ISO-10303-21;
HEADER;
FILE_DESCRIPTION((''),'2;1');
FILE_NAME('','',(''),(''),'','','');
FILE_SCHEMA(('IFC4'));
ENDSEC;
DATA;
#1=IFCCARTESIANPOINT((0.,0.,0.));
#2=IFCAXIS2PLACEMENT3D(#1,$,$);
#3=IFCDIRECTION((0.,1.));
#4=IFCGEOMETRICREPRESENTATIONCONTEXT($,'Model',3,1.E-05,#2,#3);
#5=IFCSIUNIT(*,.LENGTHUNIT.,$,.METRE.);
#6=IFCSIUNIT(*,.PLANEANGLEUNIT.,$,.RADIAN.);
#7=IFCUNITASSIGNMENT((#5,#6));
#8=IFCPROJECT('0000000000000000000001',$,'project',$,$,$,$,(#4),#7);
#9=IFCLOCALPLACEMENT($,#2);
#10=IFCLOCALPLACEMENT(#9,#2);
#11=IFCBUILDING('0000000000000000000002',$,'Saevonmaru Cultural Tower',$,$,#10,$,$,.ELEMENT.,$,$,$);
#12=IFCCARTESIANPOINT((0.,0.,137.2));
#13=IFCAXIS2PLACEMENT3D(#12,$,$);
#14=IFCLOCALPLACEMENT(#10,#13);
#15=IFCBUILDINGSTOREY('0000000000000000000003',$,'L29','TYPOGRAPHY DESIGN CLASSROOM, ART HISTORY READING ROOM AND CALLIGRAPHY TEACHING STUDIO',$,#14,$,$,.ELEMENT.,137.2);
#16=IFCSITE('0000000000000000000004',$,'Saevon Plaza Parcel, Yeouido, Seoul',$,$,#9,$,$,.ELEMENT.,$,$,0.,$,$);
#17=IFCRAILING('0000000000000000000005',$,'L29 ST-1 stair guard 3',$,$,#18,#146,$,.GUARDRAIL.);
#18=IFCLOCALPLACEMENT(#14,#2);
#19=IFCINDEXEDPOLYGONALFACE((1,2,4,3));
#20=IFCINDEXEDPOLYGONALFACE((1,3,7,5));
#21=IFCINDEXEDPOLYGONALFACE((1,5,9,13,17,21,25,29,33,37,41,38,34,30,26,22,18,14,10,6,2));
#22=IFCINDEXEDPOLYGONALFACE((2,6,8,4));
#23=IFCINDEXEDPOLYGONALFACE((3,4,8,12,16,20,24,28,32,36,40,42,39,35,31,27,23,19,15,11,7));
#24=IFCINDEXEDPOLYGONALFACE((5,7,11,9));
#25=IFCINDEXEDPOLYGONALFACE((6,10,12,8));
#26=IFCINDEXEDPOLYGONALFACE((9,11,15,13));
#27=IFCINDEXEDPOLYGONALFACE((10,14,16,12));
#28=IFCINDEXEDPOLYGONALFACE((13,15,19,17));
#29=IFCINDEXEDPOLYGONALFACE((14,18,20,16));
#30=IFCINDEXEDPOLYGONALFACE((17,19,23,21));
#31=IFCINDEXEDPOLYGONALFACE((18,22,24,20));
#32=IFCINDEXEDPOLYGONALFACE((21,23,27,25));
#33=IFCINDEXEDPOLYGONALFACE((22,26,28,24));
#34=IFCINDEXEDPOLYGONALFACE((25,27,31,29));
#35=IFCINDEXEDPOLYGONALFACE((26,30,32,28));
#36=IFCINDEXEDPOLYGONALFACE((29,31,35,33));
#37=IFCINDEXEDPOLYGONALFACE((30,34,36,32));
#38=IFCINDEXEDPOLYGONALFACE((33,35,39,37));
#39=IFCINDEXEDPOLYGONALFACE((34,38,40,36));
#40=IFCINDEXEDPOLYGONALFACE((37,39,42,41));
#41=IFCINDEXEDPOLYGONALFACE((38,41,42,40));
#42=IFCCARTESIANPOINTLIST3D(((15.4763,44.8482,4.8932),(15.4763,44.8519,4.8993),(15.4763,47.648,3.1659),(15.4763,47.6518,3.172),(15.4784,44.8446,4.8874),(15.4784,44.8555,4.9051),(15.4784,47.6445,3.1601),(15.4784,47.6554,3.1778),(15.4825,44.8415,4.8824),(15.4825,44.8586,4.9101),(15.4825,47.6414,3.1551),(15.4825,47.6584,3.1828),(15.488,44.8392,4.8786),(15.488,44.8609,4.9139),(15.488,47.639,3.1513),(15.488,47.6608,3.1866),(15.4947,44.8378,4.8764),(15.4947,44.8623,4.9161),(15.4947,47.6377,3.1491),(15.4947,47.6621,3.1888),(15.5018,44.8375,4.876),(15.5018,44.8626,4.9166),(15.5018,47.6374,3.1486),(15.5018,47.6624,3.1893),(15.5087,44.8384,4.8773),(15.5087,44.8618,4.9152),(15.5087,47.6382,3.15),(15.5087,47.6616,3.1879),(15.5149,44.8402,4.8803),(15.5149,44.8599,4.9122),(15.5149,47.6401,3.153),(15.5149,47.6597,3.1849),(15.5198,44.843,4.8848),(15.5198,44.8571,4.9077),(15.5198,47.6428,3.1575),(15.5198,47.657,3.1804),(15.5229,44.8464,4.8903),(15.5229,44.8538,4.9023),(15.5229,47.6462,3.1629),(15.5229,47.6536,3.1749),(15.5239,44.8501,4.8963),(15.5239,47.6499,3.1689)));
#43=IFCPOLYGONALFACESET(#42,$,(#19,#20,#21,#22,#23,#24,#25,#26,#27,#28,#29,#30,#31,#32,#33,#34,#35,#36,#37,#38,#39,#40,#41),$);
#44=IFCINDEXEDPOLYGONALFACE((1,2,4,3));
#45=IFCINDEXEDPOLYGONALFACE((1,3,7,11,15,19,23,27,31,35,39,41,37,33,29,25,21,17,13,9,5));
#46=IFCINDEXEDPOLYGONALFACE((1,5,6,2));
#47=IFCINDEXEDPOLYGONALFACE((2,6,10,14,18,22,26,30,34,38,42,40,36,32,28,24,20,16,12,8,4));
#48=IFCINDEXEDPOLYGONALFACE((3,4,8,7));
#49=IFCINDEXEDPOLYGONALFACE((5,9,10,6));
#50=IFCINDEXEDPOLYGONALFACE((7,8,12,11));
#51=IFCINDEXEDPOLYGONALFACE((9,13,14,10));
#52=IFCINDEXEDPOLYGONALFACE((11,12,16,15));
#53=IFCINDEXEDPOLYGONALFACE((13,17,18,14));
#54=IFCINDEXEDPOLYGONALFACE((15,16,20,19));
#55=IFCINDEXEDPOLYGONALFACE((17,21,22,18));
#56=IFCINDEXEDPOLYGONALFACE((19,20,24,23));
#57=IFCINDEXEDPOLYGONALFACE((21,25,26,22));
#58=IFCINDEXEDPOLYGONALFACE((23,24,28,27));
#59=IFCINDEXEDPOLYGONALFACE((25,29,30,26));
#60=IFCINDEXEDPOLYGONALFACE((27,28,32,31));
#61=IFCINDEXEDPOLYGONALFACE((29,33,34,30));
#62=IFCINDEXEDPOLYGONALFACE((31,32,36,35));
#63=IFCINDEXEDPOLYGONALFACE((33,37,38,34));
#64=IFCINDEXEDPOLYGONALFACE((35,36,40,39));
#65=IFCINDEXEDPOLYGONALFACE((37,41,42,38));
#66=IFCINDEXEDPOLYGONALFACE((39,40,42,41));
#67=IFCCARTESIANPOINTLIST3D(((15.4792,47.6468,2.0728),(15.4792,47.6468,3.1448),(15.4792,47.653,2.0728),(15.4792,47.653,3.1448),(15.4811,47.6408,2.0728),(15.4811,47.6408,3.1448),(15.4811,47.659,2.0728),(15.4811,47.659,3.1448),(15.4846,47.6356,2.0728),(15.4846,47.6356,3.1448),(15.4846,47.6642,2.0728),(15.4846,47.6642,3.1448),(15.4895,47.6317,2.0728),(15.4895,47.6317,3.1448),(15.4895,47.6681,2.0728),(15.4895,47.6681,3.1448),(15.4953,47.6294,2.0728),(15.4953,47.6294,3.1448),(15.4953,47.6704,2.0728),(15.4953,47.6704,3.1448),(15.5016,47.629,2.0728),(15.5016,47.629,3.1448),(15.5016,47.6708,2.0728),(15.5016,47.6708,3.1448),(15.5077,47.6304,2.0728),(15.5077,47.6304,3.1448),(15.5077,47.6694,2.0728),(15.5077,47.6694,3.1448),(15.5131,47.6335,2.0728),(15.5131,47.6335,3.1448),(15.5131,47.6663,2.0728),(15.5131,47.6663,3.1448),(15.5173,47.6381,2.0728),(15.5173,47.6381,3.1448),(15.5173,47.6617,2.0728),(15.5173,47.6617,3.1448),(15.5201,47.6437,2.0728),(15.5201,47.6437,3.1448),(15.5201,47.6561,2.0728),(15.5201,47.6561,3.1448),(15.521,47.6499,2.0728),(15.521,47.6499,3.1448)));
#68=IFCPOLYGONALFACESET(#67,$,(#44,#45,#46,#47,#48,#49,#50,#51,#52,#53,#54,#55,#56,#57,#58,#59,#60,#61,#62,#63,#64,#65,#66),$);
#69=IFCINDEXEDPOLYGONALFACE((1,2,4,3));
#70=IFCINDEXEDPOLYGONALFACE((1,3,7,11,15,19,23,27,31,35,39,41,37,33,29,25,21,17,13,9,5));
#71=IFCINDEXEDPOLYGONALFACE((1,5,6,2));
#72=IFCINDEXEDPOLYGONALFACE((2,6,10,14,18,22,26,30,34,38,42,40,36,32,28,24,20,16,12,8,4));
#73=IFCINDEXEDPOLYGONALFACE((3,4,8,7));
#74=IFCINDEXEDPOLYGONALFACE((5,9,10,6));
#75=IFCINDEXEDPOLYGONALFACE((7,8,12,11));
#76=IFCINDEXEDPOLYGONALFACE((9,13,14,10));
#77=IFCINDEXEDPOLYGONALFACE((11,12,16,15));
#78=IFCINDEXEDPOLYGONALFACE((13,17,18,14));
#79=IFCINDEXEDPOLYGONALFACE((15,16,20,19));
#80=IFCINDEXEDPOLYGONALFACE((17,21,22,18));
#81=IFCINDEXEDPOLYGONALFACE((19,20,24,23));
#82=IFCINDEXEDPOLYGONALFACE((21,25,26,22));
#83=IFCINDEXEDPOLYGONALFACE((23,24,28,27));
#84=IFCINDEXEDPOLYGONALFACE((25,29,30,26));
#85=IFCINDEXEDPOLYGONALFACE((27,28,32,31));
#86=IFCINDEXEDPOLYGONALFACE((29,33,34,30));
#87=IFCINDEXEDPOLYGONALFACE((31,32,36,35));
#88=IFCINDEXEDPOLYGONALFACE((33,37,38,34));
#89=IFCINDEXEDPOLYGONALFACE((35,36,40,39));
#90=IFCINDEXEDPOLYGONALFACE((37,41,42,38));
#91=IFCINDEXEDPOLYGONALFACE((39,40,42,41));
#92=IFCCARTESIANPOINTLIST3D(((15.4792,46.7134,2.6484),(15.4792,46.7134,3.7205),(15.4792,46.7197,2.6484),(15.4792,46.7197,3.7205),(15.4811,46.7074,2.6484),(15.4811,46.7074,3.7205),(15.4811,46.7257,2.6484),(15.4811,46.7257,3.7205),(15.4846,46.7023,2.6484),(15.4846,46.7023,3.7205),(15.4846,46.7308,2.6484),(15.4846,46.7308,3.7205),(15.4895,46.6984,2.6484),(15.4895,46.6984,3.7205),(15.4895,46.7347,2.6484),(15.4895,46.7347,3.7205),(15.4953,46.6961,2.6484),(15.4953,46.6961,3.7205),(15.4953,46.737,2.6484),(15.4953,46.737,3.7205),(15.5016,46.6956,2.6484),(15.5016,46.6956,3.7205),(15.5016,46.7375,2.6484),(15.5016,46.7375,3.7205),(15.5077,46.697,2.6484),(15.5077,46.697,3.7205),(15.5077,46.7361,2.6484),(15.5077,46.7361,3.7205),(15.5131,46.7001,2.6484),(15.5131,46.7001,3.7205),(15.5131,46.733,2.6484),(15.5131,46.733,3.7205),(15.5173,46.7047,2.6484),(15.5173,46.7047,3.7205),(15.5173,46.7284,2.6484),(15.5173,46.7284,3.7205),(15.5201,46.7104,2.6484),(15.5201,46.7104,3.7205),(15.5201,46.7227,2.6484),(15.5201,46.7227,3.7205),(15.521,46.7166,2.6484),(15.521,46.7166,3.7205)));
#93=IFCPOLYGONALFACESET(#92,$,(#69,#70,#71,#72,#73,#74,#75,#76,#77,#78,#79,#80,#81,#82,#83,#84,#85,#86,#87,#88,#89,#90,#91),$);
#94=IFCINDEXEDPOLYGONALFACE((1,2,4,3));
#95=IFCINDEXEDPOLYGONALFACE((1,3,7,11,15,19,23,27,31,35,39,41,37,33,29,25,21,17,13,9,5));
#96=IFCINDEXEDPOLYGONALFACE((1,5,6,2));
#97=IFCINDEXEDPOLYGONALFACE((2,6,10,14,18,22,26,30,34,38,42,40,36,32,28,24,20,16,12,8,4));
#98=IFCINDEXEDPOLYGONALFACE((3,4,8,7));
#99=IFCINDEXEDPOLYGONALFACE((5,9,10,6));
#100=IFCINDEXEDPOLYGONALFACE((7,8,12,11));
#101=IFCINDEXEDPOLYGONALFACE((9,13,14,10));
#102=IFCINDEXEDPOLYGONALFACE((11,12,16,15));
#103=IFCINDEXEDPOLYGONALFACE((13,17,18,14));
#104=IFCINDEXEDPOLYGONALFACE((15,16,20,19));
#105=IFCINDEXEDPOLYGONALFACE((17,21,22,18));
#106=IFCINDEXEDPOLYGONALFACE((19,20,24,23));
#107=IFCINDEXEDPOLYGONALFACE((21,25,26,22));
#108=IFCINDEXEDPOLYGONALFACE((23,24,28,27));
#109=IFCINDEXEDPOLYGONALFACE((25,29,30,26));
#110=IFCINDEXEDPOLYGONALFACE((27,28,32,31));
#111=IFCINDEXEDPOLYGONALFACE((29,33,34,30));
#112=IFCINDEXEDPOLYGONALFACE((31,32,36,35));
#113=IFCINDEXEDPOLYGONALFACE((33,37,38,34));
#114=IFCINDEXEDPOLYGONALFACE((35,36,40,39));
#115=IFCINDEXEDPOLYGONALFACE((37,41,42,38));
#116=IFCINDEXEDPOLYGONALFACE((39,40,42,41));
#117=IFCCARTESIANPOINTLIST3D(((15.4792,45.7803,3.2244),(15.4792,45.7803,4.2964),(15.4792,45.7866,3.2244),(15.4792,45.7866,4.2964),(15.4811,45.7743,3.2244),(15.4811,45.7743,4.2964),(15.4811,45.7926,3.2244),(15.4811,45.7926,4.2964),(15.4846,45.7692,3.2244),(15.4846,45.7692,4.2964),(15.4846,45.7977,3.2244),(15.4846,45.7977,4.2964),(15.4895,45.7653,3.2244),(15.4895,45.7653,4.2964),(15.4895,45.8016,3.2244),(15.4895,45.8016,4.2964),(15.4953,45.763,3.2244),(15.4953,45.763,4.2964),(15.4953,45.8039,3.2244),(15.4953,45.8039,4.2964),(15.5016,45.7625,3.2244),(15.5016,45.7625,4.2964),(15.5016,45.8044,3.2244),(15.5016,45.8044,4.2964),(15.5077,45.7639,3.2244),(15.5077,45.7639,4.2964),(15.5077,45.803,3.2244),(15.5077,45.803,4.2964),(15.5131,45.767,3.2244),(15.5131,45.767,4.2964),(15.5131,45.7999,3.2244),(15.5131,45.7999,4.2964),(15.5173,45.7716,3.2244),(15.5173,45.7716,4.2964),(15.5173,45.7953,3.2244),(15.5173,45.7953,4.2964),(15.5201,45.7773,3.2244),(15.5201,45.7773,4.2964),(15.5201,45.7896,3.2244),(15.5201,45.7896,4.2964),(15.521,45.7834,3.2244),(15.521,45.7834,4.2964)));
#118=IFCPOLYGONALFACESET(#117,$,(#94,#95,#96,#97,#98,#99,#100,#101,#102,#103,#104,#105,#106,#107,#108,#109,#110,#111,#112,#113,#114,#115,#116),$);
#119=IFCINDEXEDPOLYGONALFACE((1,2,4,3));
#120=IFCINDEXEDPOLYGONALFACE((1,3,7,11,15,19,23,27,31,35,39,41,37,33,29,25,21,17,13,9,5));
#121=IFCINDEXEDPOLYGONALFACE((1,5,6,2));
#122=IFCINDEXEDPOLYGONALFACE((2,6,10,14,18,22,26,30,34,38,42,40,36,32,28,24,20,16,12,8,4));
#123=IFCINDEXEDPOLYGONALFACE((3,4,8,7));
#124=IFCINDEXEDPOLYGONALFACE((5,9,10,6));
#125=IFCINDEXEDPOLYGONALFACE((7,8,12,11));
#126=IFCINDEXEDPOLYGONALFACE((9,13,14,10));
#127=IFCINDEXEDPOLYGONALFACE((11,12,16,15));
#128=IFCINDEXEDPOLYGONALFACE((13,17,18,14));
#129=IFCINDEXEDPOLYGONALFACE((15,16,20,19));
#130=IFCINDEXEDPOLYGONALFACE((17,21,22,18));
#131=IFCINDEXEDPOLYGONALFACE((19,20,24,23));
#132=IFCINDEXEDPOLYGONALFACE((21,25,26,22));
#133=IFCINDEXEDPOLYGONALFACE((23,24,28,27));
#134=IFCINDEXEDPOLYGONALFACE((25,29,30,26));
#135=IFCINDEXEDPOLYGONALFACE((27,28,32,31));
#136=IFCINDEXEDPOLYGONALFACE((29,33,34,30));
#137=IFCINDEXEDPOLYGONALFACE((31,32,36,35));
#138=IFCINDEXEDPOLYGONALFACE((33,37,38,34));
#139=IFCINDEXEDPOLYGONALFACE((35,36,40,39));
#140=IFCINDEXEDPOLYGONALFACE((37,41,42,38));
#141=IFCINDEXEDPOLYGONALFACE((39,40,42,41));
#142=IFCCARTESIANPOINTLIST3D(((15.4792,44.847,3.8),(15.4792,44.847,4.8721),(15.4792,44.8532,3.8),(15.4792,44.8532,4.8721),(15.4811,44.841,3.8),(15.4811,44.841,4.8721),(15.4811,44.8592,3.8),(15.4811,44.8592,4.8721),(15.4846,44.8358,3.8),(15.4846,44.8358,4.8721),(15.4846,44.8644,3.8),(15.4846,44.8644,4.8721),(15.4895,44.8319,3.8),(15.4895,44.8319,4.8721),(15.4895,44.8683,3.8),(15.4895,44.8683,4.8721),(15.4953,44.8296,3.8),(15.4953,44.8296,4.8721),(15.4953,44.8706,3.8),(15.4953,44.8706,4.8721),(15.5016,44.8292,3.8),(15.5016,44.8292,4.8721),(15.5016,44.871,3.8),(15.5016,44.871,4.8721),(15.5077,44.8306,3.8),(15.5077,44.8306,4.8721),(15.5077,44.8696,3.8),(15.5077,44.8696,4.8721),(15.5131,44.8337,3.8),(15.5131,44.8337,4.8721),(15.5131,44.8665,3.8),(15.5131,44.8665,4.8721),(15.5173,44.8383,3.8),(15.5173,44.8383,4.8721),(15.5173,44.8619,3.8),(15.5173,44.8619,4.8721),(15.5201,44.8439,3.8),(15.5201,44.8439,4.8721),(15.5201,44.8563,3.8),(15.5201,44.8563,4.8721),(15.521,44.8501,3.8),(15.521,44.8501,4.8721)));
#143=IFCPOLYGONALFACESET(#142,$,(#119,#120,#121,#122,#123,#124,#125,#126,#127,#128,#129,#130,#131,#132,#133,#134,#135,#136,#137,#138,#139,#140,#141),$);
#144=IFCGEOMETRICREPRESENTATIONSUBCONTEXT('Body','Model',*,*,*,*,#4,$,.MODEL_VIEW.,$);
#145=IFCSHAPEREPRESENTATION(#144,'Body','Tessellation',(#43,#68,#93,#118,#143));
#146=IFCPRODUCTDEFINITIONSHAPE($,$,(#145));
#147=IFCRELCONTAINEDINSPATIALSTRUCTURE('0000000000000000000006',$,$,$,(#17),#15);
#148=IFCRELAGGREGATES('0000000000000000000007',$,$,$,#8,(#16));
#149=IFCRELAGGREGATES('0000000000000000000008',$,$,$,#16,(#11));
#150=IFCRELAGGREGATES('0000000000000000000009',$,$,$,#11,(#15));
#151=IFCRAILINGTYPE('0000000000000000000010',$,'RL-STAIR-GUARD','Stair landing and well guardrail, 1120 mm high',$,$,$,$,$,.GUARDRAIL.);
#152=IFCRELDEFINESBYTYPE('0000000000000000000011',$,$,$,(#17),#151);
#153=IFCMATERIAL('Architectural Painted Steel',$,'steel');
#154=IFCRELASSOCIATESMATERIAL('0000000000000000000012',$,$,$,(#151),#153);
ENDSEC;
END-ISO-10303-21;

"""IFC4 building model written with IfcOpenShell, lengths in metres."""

from ifc_helpers import new_model, si_unit, direction, frame, origin, origin_2d, place, context, subcontext, project, spatial, circle, extrude, material, type_object, element, save


model = new_model("IFC4")

# Units and contexts
model_context = context("Model", 3, precision=1e-05, world=origin(), true_north=direction((0.0, 1.0)))
body_context = subcontext(model_context, "Body", "Model", "MODEL_VIEW")
ifc_project = project(units=[si_unit("LENGTHUNIT", "METRE"), si_unit("PLANEANGLEUNIT", "RADIAN")], contexts=[model_context])

# Site, building, storey
site_placement = place(None, origin())
site = spatial("IfcSite", under=ifc_project, at=site_placement, Name="Saevon Plaza Parcel, Yeouido, Seoul", CompositionType="ELEMENT", RefElevation=0.0)
building_placement = place(site_placement, origin())
building = spatial("IfcBuilding", under=site, at=building_placement, Name="Saevonmaru Cultural Tower", CompositionType="ELEMENT")
storey_placement = place(building_placement, frame((0.0, 0.0, 137.2)))
storey = spatial("IfcBuildingStorey", under=building, at=storey_placement, Name="L29", Description="TYPOGRAPHY DESIGN CLASSROOM, ART HISTORY READING ROOM AND CALLIGRAPHY TEACHING STUDIO", CompositionType="ELEMENT", Elevation=137.2)

# Railing
ifc_material_1 = material(Name="Architectural Painted Steel", Category="steel")
railing_type_1 = type_object("IfcRailingType", Name="RL-STAIR-GUARD", Description="Stair landing and well guardrail, 1120 mm high", PredefinedType="GUARDRAIL", material=ifc_material_1)
railing_1_placement = place(storey_placement, frame((15.5, 47.6499, 2.0728)))
element("IfcRailing", 1, at=railing_1_placement, inside=storey, type_object=railing_type_1, Name="L29 ST-1 stair guard 3", PredefinedType="GUARDRAIL", context=body_context, shape_type="SweptSolid", body=[
    extrude(circle(Radius=0.0239, at=origin_2d()), frame((0.0, 0.0, 1.0962), z_axis=(0.0, -0.851069, 0.525054), x_axis=(1.0, 0.0, 0.0)), (0.0, 0.0, 1.0), 3.2898),
    extrude(circle(Radius=0.021, at=origin_2d()), origin(), (0.0, 0.0, 1.0), 1.072),
    extrude(circle(Radius=0.021, at=origin_2d()), frame((0.0, -0.9333, 0.5757)), (0.0, 0.0, 1.0), 1.072),
    extrude(circle(Radius=0.021, at=origin_2d()), frame((0.0, -1.8665, 1.1516)), (0.0, 0.0, 1.0), 1.072),
    extrude(circle(Radius=0.021, at=origin_2d()), frame((0.0, -2.7998, 1.7273)), (0.0, 0.0, 1.0), 1.072),
])

save(model, "model.ifc")
